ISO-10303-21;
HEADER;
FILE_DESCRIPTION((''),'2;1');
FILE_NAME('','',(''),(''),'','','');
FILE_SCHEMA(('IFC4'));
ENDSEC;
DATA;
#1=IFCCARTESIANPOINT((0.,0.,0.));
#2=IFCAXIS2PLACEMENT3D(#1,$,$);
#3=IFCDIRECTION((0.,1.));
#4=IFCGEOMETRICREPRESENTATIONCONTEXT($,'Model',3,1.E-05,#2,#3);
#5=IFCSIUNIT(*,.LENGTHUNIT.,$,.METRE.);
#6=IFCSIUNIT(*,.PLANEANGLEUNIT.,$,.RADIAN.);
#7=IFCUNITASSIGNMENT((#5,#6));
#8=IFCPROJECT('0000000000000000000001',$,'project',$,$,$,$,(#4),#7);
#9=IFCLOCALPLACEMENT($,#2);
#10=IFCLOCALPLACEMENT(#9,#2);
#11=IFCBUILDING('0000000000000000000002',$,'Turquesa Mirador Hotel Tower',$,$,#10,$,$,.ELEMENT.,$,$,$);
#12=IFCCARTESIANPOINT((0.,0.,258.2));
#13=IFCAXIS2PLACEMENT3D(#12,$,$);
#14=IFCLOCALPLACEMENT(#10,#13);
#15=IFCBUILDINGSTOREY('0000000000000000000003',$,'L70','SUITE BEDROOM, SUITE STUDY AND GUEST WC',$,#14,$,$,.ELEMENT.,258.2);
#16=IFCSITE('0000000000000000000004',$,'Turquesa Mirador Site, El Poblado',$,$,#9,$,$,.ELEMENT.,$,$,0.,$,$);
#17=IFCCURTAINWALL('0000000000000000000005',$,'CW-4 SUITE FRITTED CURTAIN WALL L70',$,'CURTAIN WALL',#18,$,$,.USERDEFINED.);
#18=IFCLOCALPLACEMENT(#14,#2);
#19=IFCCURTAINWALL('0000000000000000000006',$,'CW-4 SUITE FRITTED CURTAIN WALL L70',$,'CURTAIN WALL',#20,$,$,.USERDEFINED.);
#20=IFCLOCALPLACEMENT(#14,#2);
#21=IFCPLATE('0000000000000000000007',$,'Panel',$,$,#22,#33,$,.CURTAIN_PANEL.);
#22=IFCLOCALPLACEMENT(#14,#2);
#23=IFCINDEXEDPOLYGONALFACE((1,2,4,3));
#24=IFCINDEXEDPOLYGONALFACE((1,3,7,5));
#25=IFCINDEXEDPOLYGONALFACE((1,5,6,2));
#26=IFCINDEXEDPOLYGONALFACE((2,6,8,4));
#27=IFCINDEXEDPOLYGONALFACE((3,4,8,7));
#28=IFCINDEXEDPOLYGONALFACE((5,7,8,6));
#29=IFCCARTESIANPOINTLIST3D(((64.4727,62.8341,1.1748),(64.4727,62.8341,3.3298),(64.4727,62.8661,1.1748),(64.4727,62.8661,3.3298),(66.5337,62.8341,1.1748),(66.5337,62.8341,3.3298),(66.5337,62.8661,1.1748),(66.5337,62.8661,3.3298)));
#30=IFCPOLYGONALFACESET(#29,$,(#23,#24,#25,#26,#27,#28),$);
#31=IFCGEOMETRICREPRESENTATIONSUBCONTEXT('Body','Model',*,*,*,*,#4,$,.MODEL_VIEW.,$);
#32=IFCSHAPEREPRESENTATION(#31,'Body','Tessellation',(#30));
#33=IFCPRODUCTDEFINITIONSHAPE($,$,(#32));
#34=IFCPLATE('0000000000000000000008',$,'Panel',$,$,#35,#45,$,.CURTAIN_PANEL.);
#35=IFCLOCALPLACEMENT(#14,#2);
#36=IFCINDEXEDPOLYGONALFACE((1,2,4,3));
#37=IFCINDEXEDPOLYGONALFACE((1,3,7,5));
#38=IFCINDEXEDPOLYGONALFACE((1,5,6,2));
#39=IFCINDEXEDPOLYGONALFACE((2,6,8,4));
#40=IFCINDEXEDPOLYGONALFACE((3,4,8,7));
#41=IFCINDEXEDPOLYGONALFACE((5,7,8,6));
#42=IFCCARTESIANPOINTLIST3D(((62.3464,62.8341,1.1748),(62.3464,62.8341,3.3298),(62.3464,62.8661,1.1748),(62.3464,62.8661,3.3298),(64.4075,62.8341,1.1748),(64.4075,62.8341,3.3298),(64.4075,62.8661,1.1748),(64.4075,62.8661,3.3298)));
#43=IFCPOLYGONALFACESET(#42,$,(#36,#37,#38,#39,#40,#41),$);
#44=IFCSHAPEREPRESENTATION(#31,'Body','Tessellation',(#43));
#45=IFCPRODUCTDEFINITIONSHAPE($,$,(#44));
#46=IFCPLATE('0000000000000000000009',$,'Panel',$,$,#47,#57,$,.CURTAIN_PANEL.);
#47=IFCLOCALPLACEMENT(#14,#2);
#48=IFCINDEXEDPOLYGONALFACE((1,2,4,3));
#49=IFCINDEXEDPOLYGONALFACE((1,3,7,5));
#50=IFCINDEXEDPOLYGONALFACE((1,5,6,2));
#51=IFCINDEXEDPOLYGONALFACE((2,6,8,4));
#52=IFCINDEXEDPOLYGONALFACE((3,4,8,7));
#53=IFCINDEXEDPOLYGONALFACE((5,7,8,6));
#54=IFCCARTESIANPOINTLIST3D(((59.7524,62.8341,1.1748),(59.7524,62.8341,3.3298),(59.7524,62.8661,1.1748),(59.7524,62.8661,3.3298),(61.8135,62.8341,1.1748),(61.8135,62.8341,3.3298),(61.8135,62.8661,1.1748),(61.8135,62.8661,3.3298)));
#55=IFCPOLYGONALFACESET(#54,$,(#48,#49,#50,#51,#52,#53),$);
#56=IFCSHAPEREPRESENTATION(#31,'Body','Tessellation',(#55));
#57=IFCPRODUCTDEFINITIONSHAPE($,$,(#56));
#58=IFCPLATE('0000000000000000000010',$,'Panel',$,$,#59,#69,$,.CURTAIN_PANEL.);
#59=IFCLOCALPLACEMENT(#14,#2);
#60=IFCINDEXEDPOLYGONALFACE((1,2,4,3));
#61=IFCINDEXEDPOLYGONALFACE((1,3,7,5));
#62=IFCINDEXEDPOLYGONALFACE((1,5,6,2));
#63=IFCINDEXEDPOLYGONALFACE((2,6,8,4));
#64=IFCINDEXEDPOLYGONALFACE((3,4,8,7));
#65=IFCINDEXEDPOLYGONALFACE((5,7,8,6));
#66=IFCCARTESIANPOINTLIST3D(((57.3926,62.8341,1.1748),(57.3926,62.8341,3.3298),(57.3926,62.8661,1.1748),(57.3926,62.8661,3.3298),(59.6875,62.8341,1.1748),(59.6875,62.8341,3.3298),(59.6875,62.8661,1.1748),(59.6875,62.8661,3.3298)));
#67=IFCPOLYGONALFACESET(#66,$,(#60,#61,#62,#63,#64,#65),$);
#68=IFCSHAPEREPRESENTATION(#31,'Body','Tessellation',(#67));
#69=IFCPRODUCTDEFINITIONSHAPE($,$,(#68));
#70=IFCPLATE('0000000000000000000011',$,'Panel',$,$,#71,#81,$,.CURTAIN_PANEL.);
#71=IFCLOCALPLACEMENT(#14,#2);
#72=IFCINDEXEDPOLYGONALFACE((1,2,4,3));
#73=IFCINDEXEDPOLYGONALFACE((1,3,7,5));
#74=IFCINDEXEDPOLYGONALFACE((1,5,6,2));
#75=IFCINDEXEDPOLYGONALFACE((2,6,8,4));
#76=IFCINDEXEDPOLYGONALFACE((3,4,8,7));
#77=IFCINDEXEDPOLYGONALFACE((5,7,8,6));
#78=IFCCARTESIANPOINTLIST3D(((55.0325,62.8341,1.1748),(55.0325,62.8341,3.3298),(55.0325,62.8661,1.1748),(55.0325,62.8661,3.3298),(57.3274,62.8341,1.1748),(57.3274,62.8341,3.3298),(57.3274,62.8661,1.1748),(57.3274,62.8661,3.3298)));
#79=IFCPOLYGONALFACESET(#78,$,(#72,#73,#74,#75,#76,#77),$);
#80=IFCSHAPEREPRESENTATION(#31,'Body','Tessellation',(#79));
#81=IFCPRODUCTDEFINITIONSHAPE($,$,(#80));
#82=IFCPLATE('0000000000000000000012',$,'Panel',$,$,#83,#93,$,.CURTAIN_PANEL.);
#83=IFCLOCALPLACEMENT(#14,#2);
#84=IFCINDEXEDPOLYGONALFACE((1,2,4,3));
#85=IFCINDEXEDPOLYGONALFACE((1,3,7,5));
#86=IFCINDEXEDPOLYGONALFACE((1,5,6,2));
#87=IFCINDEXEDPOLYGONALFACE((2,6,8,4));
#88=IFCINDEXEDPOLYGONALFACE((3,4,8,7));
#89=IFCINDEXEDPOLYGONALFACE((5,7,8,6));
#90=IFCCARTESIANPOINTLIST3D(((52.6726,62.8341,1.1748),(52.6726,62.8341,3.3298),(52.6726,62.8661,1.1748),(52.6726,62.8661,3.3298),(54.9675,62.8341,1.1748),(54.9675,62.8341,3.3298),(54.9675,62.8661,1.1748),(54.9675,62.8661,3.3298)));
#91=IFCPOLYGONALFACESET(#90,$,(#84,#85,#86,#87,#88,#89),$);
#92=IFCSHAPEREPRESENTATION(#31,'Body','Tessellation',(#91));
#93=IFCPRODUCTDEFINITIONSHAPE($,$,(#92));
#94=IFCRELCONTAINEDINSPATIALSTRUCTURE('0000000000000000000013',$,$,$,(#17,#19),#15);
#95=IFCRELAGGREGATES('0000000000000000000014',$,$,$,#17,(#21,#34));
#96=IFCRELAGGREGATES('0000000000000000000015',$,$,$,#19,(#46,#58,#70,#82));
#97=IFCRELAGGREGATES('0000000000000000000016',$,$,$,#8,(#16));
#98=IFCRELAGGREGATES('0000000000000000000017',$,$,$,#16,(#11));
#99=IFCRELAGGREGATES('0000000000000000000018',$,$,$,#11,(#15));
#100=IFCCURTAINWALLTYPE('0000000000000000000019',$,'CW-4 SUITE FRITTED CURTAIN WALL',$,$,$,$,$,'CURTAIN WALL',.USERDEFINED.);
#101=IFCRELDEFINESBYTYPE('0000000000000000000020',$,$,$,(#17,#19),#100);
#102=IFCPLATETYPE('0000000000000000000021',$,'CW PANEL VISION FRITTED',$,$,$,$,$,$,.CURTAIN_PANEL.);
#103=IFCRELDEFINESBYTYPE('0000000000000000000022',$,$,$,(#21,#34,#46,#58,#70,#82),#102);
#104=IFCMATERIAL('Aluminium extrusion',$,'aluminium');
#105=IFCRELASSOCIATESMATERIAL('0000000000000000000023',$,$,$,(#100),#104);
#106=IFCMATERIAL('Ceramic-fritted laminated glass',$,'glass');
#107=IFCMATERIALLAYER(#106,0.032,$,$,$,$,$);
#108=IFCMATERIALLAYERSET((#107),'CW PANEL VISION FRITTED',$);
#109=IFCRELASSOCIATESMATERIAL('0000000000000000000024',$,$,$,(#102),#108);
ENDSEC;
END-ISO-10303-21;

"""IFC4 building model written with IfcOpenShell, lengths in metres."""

from ifc_helpers import new_model, si_unit, direction, frame, origin, origin_2d, place, context, subcontext, project, spatial, rectangle, extrude, material, layer, layer_set, type_object, element, aggregate, save


model = new_model("IFC4")

# Units and contexts
model_context = context("Model", 3, precision=1e-05, world=origin(), true_north=direction((0.0, 1.0)))
body_context = subcontext(model_context, "Body", "Model", "MODEL_VIEW")
ifc_project = project(units=[si_unit("LENGTHUNIT", "METRE"), si_unit("PLANEANGLEUNIT", "RADIAN")], contexts=[model_context])

# Site, building, storey
site_placement = place(None, origin())
site = spatial("IfcSite", under=ifc_project, at=site_placement, Name="Turquesa Mirador Site, El Poblado", CompositionType="ELEMENT", RefElevation=0.0)
building_placement = place(site_placement, origin())
building = spatial("IfcBuilding", under=site, at=building_placement, Name="Turquesa Mirador Hotel Tower", CompositionType="ELEMENT")
storey_placement = place(building_placement, frame((0.0, 0.0, 258.2)))
storey = spatial("IfcBuildingStorey", under=building, at=storey_placement, Name="L70", Description="SUITE BEDROOM, SUITE STUDY AND GUEST WC", CompositionType="ELEMENT", Elevation=258.2)

# Shared definitions
ifc_material_1 = material(Name="Aluminium extrusion", Category="aluminium")
curtain_wall_type = type_object("IfcCurtainWallType", Name="CW-4 SUITE FRITTED CURTAIN WALL", ElementType="CURTAIN WALL", PredefinedType="USERDEFINED", material=ifc_material_1)

# Curtain walls
curtain_wall_1_placement = place(storey_placement, origin())
curtain_wall_1 = element("IfcCurtainWall", 1, at=curtain_wall_1_placement, inside=storey, type_object=curtain_wall_type, Name="CW-4 SUITE FRITTED CURTAIN WALL L70", ObjectType="CURTAIN WALL", PredefinedType="USERDEFINED")
curtain_wall_2_placement = place(storey_placement, origin())
curtain_wall_2 = element("IfcCurtainWall", 2, at=curtain_wall_2_placement, inside=storey, type_object=curtain_wall_type, Name="CW-4 SUITE FRITTED CURTAIN WALL L70", ObjectType="CURTAIN WALL", PredefinedType="USERDEFINED")

# Plates
ifc_material_2 = material(Name="Ceramic-fritted laminated glass", Category="glass")
ifc_layer_1 = layer(ifc_material_2, 0.032)
ifc_layer_set_1 = layer_set([ifc_layer_1], Name="CW PANEL VISION FRITTED")
plate_type_1 = type_object("IfcPlateType", Name="CW PANEL VISION FRITTED", PredefinedType="CURTAIN_PANEL", material=ifc_layer_set_1)
plate_1_placement = place(storey_placement, frame((65.5032, 62.8501, 1.1748), z_axis=(0.0, 0.0, 1.0), x_axis=(-1.0, 0.0, 0.0)))
plate_1 = element("IfcPlate", 3, at=plate_1_placement, type_object=plate_type_1, Name="Panel", PredefinedType="CURTAIN_PANEL", context=body_context, shape_type="SweptSolid", body=[
    extrude(rectangle(XDim=2.061, YDim=0.032, at=origin_2d()), origin(), (0.0, 0.0, 1.0), 2.155),
])
plate_2_placement = place(storey_placement, frame((63.377, 62.8501, 1.1748), z_axis=(0.0, 0.0, 1.0), x_axis=(-1.0, 0.0, 0.0)))
plate_2 = element("IfcPlate", 4, at=plate_2_placement, type_object=plate_type_1, Name="Panel", PredefinedType="CURTAIN_PANEL", context=body_context, shape_type="SweptSolid", body=[
    extrude(rectangle(XDim=2.061, YDim=0.032, at=origin_2d()), origin(), (0.0, 0.0, 1.0), 2.155),
])
aggregate(curtain_wall_1, [plate_1, plate_2])
plate_3_placement = place(storey_placement, frame((60.783, 62.8501, 1.1748), z_axis=(0.0, 0.0, 1.0), x_axis=(-1.0, 0.0, 0.0)))
plate_3 = element("IfcPlate", 5, at=plate_3_placement, type_object=plate_type_1, Name="Panel", PredefinedType="CURTAIN_PANEL", context=body_context, shape_type="SweptSolid", body=[
    extrude(rectangle(XDim=2.061, YDim=0.032, at=origin_2d()), origin(), (0.0, 0.0, 1.0), 2.155),
])
plate_4_placement = place(storey_placement, frame((58.54, 62.8501, 1.1748), z_axis=(0.0, 0.0, 1.0), x_axis=(-1.0, 0.0, 0.0)))
plate_4 = element("IfcPlate", 6, at=plate_4_placement, type_object=plate_type_1, Name="Panel", PredefinedType="CURTAIN_PANEL", context=body_context, shape_type="SweptSolid", body=[
    extrude(rectangle(XDim=2.2949, YDim=0.032, at=origin_2d()), origin(), (0.0, 0.0, 1.0), 2.155),
])
plate_5_placement = place(storey_placement, frame((56.1799, 62.8501, 1.1748), z_axis=(0.0, 0.0, 1.0), x_axis=(-1.0, 0.0, 0.0)))
plate_5 = element("IfcPlate", 7, at=plate_5_placement, type_object=plate_type_1, Name="Panel", PredefinedType="CURTAIN_PANEL", context=body_context, shape_type="SweptSolid", body=[
    extrude(rectangle(XDim=2.2949, YDim=0.032, at=origin_2d()), origin(), (0.0, 0.0, 1.0), 2.155),
])
plate_6_placement = place(storey_placement, frame((53.8201, 62.8501, 1.1748), z_axis=(0.0, 0.0, 1.0), x_axis=(-1.0, 0.0, 0.0)))
plate_6 = element("IfcPlate", 8, at=plate_6_placement, type_object=plate_type_1, Name="Panel", PredefinedType="CURTAIN_PANEL", context=body_context, shape_type="SweptSolid", body=[
    extrude(rectangle(XDim=2.2949, YDim=0.032, at=origin_2d()), origin(), (0.0, 0.0, 1.0), 2.155),
])
aggregate(curtain_wall_2, [plate_3, plate_4, plate_5, plate_6])

save(model, "model.ifc")
